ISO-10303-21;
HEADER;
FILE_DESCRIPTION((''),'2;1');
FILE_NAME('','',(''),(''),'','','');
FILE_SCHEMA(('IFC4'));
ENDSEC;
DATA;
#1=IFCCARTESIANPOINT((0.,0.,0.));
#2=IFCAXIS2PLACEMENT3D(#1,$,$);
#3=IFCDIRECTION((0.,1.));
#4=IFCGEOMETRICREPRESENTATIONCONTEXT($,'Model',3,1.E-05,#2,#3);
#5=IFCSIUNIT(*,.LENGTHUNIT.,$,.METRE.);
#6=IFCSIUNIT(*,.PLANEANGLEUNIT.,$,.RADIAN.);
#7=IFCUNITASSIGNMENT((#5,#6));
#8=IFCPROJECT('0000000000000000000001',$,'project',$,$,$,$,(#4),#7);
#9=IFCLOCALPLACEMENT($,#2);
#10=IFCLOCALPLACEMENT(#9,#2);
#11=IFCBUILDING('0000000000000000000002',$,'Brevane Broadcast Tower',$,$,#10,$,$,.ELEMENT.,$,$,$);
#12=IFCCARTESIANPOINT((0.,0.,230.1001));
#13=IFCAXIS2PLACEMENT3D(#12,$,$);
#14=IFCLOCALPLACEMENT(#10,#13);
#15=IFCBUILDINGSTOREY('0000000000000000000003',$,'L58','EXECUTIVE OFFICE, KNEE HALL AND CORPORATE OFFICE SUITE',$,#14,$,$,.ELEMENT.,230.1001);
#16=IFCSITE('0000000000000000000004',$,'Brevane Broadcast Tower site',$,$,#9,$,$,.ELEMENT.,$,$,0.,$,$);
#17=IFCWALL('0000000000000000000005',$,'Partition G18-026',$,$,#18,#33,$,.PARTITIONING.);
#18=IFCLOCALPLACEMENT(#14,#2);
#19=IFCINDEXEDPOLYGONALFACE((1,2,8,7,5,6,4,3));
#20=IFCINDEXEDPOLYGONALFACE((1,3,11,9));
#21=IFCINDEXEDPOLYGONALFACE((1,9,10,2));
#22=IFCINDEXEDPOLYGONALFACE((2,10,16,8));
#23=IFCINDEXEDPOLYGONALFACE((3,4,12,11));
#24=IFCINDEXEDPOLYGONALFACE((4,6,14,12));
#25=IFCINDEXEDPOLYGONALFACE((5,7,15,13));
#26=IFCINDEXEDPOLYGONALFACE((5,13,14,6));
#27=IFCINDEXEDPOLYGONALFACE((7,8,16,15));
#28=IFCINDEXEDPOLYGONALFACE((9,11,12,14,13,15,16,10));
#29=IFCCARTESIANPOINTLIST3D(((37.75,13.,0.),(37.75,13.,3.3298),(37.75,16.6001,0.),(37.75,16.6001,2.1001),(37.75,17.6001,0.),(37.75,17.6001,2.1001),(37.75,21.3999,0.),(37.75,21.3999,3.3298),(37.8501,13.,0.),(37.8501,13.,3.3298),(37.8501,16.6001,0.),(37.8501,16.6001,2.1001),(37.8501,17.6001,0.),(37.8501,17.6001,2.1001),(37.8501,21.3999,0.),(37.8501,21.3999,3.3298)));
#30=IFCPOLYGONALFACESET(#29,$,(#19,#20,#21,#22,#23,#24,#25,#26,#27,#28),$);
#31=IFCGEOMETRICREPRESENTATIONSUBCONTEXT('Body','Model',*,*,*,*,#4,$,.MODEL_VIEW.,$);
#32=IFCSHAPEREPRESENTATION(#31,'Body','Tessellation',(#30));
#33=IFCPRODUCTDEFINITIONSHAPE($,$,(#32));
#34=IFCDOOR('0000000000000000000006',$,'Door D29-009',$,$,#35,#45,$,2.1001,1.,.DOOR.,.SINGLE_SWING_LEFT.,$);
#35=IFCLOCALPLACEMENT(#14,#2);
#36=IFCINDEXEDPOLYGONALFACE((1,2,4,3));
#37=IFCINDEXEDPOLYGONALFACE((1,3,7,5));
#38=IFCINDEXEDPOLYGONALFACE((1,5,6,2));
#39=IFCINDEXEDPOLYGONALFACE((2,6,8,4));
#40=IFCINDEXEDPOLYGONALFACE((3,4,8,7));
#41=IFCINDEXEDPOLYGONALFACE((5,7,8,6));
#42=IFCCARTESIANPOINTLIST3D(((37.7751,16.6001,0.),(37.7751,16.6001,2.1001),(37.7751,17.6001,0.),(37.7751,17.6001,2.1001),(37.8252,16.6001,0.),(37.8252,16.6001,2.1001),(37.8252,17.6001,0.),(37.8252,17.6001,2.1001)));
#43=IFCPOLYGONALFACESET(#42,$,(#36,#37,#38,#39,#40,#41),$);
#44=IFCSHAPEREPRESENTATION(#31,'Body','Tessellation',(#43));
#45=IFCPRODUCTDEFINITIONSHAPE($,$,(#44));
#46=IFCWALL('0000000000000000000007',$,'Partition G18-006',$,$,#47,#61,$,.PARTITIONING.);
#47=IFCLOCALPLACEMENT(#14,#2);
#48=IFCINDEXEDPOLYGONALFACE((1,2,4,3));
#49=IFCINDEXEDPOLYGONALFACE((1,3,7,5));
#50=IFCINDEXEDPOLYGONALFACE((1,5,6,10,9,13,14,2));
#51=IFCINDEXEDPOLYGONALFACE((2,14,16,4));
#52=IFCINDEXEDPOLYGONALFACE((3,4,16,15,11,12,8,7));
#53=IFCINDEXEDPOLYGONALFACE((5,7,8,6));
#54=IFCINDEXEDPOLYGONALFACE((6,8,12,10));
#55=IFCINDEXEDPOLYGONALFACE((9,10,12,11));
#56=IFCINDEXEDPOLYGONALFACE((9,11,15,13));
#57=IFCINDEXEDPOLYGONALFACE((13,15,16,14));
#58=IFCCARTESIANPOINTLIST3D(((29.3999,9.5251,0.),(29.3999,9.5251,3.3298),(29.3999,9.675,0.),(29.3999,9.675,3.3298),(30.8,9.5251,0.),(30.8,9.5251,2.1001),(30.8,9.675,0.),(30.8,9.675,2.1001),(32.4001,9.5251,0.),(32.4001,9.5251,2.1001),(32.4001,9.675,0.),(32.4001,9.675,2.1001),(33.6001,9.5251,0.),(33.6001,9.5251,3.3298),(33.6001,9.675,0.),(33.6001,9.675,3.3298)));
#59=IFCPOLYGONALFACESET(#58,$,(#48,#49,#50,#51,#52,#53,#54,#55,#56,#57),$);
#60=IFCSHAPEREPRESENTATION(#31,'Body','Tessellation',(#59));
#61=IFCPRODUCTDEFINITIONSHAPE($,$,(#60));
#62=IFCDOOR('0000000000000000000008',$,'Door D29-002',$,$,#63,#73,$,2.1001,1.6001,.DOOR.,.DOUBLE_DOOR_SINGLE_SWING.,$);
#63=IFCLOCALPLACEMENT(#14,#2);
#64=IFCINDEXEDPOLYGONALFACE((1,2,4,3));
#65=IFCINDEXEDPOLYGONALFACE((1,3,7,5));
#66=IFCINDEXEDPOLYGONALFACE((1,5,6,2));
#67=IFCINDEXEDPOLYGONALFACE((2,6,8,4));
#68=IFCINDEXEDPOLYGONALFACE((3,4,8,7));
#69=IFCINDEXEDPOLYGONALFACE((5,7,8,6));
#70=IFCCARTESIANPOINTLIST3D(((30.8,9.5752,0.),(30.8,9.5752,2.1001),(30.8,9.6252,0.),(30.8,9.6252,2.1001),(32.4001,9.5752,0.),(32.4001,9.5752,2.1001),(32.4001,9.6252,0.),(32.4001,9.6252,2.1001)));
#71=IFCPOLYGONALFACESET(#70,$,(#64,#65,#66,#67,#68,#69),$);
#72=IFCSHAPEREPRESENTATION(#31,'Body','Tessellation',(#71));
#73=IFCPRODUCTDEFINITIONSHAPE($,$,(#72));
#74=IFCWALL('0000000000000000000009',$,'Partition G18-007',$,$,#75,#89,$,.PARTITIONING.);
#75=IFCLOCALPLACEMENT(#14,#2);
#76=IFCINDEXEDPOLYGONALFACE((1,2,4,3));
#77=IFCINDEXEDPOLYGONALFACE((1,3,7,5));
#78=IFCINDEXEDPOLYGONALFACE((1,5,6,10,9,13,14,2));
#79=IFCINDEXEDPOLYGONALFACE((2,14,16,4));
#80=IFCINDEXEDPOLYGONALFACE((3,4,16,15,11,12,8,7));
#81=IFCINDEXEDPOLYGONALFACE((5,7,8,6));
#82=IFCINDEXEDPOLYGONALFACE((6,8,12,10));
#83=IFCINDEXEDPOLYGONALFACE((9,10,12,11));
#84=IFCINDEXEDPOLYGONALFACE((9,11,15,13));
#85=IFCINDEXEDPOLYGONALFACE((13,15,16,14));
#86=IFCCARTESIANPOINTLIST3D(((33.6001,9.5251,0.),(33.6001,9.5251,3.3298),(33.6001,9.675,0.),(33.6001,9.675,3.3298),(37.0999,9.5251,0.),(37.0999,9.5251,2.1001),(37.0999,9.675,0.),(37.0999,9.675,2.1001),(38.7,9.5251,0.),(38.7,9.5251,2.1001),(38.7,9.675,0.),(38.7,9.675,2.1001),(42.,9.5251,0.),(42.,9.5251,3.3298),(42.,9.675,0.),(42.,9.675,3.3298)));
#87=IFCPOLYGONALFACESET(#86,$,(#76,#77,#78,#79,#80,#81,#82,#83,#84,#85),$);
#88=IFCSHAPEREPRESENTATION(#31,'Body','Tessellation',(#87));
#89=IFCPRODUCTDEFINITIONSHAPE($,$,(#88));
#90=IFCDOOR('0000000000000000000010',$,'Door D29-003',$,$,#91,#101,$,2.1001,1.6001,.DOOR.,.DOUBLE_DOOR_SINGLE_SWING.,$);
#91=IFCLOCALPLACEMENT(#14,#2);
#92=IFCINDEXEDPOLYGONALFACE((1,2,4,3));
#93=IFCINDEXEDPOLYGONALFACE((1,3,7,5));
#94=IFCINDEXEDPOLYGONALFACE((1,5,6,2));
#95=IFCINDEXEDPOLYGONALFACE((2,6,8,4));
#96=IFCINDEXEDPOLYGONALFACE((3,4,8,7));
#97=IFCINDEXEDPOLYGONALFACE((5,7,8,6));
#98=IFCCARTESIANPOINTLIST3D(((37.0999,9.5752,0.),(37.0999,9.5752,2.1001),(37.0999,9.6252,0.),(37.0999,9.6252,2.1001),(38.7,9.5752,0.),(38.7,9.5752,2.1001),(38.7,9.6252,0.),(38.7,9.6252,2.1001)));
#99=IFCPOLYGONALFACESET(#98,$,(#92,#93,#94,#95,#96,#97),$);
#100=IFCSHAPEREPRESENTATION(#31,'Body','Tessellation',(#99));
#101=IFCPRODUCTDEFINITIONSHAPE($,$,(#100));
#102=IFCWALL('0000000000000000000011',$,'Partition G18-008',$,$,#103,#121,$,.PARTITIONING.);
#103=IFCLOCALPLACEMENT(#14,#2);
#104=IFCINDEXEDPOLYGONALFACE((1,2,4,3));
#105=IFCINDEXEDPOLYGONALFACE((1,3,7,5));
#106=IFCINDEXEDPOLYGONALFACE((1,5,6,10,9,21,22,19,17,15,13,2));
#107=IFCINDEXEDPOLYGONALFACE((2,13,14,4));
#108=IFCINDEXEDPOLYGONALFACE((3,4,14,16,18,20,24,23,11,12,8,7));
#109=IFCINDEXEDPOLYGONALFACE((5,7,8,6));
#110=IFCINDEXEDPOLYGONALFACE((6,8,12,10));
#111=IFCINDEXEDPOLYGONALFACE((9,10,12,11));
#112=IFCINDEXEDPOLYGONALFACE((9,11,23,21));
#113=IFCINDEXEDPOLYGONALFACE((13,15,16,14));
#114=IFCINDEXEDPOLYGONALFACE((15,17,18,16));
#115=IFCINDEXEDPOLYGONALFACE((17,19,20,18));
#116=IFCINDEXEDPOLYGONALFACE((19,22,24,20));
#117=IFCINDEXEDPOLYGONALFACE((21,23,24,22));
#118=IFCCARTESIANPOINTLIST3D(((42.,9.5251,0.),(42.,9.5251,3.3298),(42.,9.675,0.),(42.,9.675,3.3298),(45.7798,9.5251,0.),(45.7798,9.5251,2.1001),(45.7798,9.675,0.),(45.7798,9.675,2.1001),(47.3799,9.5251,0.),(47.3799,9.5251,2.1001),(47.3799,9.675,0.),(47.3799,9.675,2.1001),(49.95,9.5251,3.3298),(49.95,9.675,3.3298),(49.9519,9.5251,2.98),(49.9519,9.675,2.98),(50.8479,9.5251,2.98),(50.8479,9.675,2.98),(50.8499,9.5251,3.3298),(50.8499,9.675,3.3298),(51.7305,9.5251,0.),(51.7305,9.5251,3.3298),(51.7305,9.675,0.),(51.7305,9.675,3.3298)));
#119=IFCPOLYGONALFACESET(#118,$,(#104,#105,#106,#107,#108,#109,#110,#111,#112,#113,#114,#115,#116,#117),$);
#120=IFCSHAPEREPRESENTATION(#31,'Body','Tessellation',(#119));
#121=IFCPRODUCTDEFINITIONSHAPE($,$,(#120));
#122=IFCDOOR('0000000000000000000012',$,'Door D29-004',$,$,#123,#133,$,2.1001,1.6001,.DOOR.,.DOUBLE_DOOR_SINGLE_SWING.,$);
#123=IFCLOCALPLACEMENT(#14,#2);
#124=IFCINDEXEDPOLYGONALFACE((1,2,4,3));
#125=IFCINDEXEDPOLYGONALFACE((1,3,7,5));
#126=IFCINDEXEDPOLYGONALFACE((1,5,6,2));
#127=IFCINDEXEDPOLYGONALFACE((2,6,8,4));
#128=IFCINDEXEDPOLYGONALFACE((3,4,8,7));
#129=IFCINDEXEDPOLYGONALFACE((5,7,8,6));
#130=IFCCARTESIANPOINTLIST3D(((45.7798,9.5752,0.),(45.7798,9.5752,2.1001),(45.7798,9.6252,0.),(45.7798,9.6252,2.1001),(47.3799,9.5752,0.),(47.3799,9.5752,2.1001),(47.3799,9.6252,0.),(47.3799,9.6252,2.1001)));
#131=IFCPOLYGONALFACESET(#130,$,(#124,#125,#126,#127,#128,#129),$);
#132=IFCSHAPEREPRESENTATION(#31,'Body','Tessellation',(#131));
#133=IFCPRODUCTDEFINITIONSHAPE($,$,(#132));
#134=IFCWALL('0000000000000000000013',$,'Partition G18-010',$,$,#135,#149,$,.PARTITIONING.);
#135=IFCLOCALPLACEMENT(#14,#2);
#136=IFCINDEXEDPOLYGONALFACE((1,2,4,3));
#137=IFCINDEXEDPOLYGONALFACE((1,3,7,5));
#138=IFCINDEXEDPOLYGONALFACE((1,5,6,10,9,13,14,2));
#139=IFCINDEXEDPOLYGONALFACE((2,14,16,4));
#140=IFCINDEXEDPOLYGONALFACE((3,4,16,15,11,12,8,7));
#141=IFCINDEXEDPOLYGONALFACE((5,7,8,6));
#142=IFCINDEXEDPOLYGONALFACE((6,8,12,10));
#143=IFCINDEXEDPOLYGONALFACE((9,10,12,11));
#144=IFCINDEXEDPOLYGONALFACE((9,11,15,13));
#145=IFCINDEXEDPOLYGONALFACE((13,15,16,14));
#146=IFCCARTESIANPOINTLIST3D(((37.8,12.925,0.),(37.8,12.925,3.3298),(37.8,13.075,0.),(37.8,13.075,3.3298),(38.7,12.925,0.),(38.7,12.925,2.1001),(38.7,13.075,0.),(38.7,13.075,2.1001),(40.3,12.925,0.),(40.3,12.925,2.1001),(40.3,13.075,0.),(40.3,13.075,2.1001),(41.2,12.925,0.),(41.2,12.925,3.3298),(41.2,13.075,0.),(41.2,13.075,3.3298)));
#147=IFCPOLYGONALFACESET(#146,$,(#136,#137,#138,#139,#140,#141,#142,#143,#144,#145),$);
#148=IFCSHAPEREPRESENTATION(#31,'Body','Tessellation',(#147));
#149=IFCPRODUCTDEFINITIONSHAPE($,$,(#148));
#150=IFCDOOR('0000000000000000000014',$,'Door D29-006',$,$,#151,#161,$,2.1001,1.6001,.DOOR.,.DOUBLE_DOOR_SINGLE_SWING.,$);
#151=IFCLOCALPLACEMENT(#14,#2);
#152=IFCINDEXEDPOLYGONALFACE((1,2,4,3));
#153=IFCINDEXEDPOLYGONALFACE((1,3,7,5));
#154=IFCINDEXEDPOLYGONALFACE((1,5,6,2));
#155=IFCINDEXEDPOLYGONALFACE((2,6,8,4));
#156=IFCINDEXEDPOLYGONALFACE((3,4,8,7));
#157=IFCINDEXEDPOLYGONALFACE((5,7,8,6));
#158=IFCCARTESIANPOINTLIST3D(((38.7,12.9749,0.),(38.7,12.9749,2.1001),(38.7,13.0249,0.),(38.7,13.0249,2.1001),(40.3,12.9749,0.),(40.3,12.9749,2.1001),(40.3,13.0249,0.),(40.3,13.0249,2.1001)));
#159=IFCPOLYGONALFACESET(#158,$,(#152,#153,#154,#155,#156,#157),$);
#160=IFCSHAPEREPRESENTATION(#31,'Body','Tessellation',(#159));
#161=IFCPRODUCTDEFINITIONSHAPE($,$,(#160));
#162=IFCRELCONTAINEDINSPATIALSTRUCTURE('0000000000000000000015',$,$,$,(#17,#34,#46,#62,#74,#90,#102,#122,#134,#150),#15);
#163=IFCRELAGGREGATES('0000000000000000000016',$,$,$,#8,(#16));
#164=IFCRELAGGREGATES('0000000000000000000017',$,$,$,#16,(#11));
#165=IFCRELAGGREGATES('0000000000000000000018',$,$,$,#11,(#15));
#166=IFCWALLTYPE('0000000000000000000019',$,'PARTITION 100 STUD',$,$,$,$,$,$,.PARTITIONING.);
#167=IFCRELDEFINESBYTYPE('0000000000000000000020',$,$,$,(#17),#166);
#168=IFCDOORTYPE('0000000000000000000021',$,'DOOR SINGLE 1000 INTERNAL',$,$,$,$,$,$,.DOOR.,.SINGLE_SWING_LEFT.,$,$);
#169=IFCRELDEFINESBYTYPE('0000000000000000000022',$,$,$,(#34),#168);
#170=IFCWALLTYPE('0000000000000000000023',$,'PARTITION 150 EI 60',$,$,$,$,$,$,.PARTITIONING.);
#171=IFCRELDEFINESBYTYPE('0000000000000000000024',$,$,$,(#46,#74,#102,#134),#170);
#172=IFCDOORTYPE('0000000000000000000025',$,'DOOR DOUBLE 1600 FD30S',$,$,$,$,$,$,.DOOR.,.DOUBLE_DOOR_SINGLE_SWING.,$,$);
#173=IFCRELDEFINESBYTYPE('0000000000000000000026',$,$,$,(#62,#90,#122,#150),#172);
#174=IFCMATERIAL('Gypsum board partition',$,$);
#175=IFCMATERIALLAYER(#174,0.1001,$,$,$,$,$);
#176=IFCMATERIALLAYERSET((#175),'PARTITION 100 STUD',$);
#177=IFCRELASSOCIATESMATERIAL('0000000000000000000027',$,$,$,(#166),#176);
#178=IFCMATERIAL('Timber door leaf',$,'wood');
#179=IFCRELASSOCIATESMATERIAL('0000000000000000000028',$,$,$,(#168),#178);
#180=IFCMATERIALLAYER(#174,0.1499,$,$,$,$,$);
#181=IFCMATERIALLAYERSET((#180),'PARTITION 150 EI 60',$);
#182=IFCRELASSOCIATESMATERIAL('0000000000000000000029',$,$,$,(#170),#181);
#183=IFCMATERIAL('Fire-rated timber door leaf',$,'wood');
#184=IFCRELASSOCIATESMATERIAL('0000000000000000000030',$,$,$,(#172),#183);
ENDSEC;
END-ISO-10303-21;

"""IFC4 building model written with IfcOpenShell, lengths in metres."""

from ifc_helpers import new_model, si_unit, direction, frame, frame_2d, origin, place, context, subcontext, project, spatial, polyline, rectangle, outline, extrude, material, layer, layer_set, type_object, element, fill, save


model = new_model("IFC4")

# Units and contexts
model_context = context("Model", 3, precision=1e-05, world=origin(), true_north=direction((0.0, 1.0)))
body_context = subcontext(model_context, "Body", "Model", "MODEL_VIEW")
ifc_project = project(units=[si_unit("LENGTHUNIT", "METRE"), si_unit("PLANEANGLEUNIT", "RADIAN")], contexts=[model_context])

# Site, building, storey
site_placement = place(None, origin())
site = spatial("IfcSite", under=ifc_project, at=site_placement, Name="Brevane Broadcast Tower site", CompositionType="ELEMENT", RefElevation=0.0)
building_placement = place(site_placement, origin())
building = spatial("IfcBuilding", under=site, at=building_placement, Name="Brevane Broadcast Tower", CompositionType="ELEMENT")
storey_placement = place(building_placement, frame((0.0, 0.0, 230.1001)))
storey = spatial("IfcBuildingStorey", under=building, at=storey_placement, Name="L58", Description="EXECUTIVE OFFICE, KNEE HALL AND CORPORATE OFFICE SUITE", CompositionType="ELEMENT", Elevation=230.1001)

# Shared definitions
ifc_material_1 = material(Name="Gypsum board partition")
ifc_layer_1 = layer(ifc_material_1, 0.1001)
ifc_layer_set_1 = layer_set([ifc_layer_1], Name="PARTITION 100 STUD")
wall_type_1 = type_object("IfcWallType", Name="PARTITION 100 STUD", PredefinedType="PARTITIONING", material=ifc_layer_set_1)

# Walls, openings, doors
wall_1_placement = place(storey_placement, frame((37.8, 13.0, 0.0), z_axis=(0.0, 0.0, 1.0), x_axis=(0.0, 1.0, 0.0)))
wall_1 = element("IfcWall", 1, at=wall_1_placement, inside=storey, type_object=wall_type_1, Name="Partition G18-026", PredefinedType="PARTITIONING", context=body_context, shape_type="SweptSolid", body=[
    extrude(rectangle(XDim=8.3999, YDim=0.1001, at=frame_2d((4.2, 0.0))), origin(), (0.0, 0.0, 1.0), 3.3298),
])
opening_1_placement = place(wall_1_placement, frame((3.6001, 0.0, 0.0)))
opening_1 = element("IfcOpeningElement", 2, at=opening_1_placement, cuts=wall_1, PredefinedType="OPENING", context=body_context, shape_type="SweptSolid", body=[
    extrude(rectangle(XDim=1.0, YDim=2.1001, at=frame_2d((0.5, 1.05))), frame((0.0, 0.0601, 0.0), z_axis=(0.0, -1.0, 0.0), x_axis=(1.0, 0.0, 0.0)), (0.0, 0.0, 1.0), 0.1201),
])
ifc_material_2 = material(Name="Timber door leaf", Category="wood")
door_type_1 = type_object("IfcDoorType", Name="DOOR SINGLE 1000 INTERNAL", OperationType="SINGLE_SWING_LEFT", PredefinedType="DOOR", material=ifc_material_2)
door_1_placement = place(opening_1_placement, origin())
door_1 = element("IfcDoor", 3, at=door_1_placement, inside=storey, type_object=door_type_1, Name="Door D29-009", OperationType="SINGLE_SWING_LEFT", OverallHeight=2.1001, OverallWidth=1.0, PredefinedType="DOOR", context=body_context, shape_type="SweptSolid", body=[
    extrude(rectangle(XDim=1.0, YDim=2.1001, at=frame_2d((0.5, 1.05))), frame((0.0, 0.0249, 0.0), z_axis=(0.0, -1.0, 0.0), x_axis=(1.0, 0.0, 0.0)), (0.0, 0.0, 1.0), 0.05),
])
fill(opening_1, door_1)
ifc_layer_2 = layer(ifc_material_1, 0.1499)
ifc_layer_set_2 = layer_set([ifc_layer_2], Name="PARTITION 150 EI 60")
wall_type_2 = type_object("IfcWallType", Name="PARTITION 150 EI 60", PredefinedType="PARTITIONING", material=ifc_layer_set_2)
wall_2_placement = place(storey_placement, frame((33.6001, 9.6001, 0.0), z_axis=(0.0, 0.0, 1.0), x_axis=(-1.0, 0.0, 0.0)))
wall_2 = element("IfcWall", 4, at=wall_2_placement, inside=storey, type_object=wall_type_2, Name="Partition G18-006", PredefinedType="PARTITIONING", context=body_context, shape_type="SweptSolid", body=[
    extrude(rectangle(XDim=4.2002, YDim=0.1499, at=frame_2d((2.1001, 0.0))), origin(), (0.0, 0.0, 1.0), 3.3298),
])
opening_2_placement = place(wall_2_placement, frame((1.2, 0.0, 0.0)))
opening_2 = element("IfcOpeningElement", 5, at=opening_2_placement, cuts=wall_2, PredefinedType="OPENING", context=body_context, shape_type="SweptSolid", body=[
    extrude(rectangle(XDim=1.6001, YDim=2.1001, at=frame_2d((0.8, 1.05))), frame((0.0, 0.085, 0.0), z_axis=(0.0, -1.0, 0.0), x_axis=(1.0, 0.0, 0.0)), (0.0, 0.0, 1.0), 0.1699),
])
ifc_material_3 = material(Name="Fire-rated timber door leaf", Category="wood")
door_type_2 = type_object("IfcDoorType", Name="DOOR DOUBLE 1600 FD30S", OperationType="DOUBLE_DOOR_SINGLE_SWING", PredefinedType="DOOR", material=ifc_material_3)
door_2_placement = place(opening_2_placement, origin())
door_2 = element("IfcDoor", 6, at=door_2_placement, inside=storey, type_object=door_type_2, Name="Door D29-002", OperationType="DOUBLE_DOOR_SINGLE_SWING", OverallHeight=2.1001, OverallWidth=1.6001, PredefinedType="DOOR", context=body_context, shape_type="SweptSolid", body=[
    extrude(rectangle(XDim=1.6001, YDim=2.1001, at=frame_2d((0.8, 1.05))), frame((0.0, 0.0249, 0.0), z_axis=(0.0, -1.0, 0.0), x_axis=(1.0, 0.0, 0.0)), (0.0, 0.0, 1.0), 0.05),
])
fill(opening_2, door_2)
wall_3_placement = place(storey_placement, frame((42.0, 9.6001, 0.0), z_axis=(0.0, 0.0, 1.0), x_axis=(-1.0, 0.0, 0.0)))
wall_3 = element("IfcWall", 7, at=wall_3_placement, inside=storey, type_object=wall_type_2, Name="Partition G18-007", PredefinedType="PARTITIONING", context=body_context, shape_type="SweptSolid", body=[
    extrude(rectangle(XDim=8.3999, YDim=0.1499, at=frame_2d((4.2, 0.0))), origin(), (0.0, 0.0, 1.0), 3.3298),
])
opening_3_placement = place(wall_3_placement, frame((3.3, 0.0, 0.0)))
opening_3 = element("IfcOpeningElement", 8, at=opening_3_placement, cuts=wall_3, PredefinedType="OPENING", context=body_context, shape_type="SweptSolid", body=[
    extrude(rectangle(XDim=1.6001, YDim=2.1001, at=frame_2d((0.8, 1.05))), frame((0.0, 0.085, 0.0), z_axis=(0.0, -1.0, 0.0), x_axis=(1.0, 0.0, 0.0)), (0.0, 0.0, 1.0), 0.1699),
])
door_3_placement = place(opening_3_placement, origin())
door_3 = element("IfcDoor", 9, at=door_3_placement, inside=storey, type_object=door_type_2, Name="Door D29-003", OperationType="DOUBLE_DOOR_SINGLE_SWING", OverallHeight=2.1001, OverallWidth=1.6001, PredefinedType="DOOR", context=body_context, shape_type="SweptSolid", body=[
    extrude(rectangle(XDim=1.6001, YDim=2.1001, at=frame_2d((0.8, 1.05))), frame((0.0, 0.0249, 0.0), z_axis=(0.0, -1.0, 0.0), x_axis=(1.0, 0.0, 0.0)), (0.0, 0.0, 1.0), 0.05),
])
fill(opening_3, door_3)
wall_4_placement = place(storey_placement, frame((51.7305, 9.6001, 0.0), z_axis=(0.0, 0.0, 1.0), x_axis=(-1.0, 0.0, 0.0)))
wall_4 = element("IfcWall", 10, at=wall_4_placement, inside=storey, type_object=wall_type_2, Name="Partition G18-008", PredefinedType="PARTITIONING", context=body_context, shape_type="SweptSolid", body=[
    extrude(outline(polyline([(0.0, 0.0), (9.7305, 0.0), (9.7305, 3.3298), (1.7805, 3.3298), (1.7786, 2.98), (0.8826, 2.98), (0.8806, 3.3298), (0.2505, 3.3298), (0.0, 3.3298), (0.0, 0.0)])), frame((0.0, 0.075, 0.0), z_axis=(0.0, -1.0, 0.0), x_axis=(1.0, 0.0, 0.0)), (0.0, 0.0, 1.0), 0.1499),
])
opening_4_placement = place(wall_4_placement, frame((4.3506, 0.0, 0.0)))
opening_4 = element("IfcOpeningElement", 11, at=opening_4_placement, cuts=wall_4, PredefinedType="OPENING", context=body_context, shape_type="SweptSolid", body=[
    extrude(rectangle(XDim=1.6001, YDim=2.1001, at=frame_2d((0.8, 1.05))), frame((0.0, 0.085, 0.0), z_axis=(0.0, -1.0, 0.0), x_axis=(1.0, 0.0, 0.0)), (0.0, 0.0, 1.0), 0.1699),
])
door_4_placement = place(opening_4_placement, origin())
door_4 = element("IfcDoor", 12, at=door_4_placement, inside=storey, type_object=door_type_2, Name="Door D29-004", OperationType="DOUBLE_DOOR_SINGLE_SWING", OverallHeight=2.1001, OverallWidth=1.6001, PredefinedType="DOOR", context=body_context, shape_type="SweptSolid", body=[
    extrude(rectangle(XDim=1.6001, YDim=2.1001, at=frame_2d((0.8, 1.05))), frame((0.0, 0.0249, 0.0), z_axis=(0.0, -1.0, 0.0), x_axis=(1.0, 0.0, 0.0)), (0.0, 0.0, 1.0), 0.05),
])
fill(opening_4, door_4)
wall_5_placement = place(storey_placement, frame((37.8, 13.0, 0.0), z_axis=(0.0, 0.0, 1.0), x_axis=(1.0, 0.0, 0.0)))
wall_5 = element("IfcWall", 13, at=wall_5_placement, inside=storey, type_object=wall_type_2, Name="Partition G18-010", PredefinedType="PARTITIONING", context=body_context, shape_type="SweptSolid", body=[
    extrude(rectangle(XDim=3.3999, YDim=0.1499, at=frame_2d((1.7, 0.0))), origin(), (0.0, 0.0, 1.0), 3.3298),
])
opening_5_placement = place(wall_5_placement, frame((0.8999, 0.0, 0.0)))
opening_5 = element("IfcOpeningElement", 14, at=opening_5_placement, cuts=wall_5, PredefinedType="OPENING", context=body_context, shape_type="SweptSolid", body=[
    extrude(rectangle(XDim=1.6001, YDim=2.1001, at=frame_2d((0.8, 1.05))), frame((0.0, 0.085, 0.0), z_axis=(0.0, -1.0, 0.0), x_axis=(1.0, 0.0, 0.0)), (0.0, 0.0, 1.0), 0.1699),
])
door_5_placement = place(opening_5_placement, origin())
door_5 = element("IfcDoor", 15, at=door_5_placement, inside=storey, type_object=door_type_2, Name="Door D29-006", OperationType="DOUBLE_DOOR_SINGLE_SWING", OverallHeight=2.1001, OverallWidth=1.6001, PredefinedType="DOOR", context=body_context, shape_type="SweptSolid", body=[
    extrude(rectangle(XDim=1.6001, YDim=2.1001, at=frame_2d((0.8, 1.05))), frame((0.0, 0.0249, 0.0), z_axis=(0.0, -1.0, 0.0), x_axis=(1.0, 0.0, 0.0)), (0.0, 0.0, 1.0), 0.05),
])
fill(opening_5, door_5)

save(model, "model.ifc")
